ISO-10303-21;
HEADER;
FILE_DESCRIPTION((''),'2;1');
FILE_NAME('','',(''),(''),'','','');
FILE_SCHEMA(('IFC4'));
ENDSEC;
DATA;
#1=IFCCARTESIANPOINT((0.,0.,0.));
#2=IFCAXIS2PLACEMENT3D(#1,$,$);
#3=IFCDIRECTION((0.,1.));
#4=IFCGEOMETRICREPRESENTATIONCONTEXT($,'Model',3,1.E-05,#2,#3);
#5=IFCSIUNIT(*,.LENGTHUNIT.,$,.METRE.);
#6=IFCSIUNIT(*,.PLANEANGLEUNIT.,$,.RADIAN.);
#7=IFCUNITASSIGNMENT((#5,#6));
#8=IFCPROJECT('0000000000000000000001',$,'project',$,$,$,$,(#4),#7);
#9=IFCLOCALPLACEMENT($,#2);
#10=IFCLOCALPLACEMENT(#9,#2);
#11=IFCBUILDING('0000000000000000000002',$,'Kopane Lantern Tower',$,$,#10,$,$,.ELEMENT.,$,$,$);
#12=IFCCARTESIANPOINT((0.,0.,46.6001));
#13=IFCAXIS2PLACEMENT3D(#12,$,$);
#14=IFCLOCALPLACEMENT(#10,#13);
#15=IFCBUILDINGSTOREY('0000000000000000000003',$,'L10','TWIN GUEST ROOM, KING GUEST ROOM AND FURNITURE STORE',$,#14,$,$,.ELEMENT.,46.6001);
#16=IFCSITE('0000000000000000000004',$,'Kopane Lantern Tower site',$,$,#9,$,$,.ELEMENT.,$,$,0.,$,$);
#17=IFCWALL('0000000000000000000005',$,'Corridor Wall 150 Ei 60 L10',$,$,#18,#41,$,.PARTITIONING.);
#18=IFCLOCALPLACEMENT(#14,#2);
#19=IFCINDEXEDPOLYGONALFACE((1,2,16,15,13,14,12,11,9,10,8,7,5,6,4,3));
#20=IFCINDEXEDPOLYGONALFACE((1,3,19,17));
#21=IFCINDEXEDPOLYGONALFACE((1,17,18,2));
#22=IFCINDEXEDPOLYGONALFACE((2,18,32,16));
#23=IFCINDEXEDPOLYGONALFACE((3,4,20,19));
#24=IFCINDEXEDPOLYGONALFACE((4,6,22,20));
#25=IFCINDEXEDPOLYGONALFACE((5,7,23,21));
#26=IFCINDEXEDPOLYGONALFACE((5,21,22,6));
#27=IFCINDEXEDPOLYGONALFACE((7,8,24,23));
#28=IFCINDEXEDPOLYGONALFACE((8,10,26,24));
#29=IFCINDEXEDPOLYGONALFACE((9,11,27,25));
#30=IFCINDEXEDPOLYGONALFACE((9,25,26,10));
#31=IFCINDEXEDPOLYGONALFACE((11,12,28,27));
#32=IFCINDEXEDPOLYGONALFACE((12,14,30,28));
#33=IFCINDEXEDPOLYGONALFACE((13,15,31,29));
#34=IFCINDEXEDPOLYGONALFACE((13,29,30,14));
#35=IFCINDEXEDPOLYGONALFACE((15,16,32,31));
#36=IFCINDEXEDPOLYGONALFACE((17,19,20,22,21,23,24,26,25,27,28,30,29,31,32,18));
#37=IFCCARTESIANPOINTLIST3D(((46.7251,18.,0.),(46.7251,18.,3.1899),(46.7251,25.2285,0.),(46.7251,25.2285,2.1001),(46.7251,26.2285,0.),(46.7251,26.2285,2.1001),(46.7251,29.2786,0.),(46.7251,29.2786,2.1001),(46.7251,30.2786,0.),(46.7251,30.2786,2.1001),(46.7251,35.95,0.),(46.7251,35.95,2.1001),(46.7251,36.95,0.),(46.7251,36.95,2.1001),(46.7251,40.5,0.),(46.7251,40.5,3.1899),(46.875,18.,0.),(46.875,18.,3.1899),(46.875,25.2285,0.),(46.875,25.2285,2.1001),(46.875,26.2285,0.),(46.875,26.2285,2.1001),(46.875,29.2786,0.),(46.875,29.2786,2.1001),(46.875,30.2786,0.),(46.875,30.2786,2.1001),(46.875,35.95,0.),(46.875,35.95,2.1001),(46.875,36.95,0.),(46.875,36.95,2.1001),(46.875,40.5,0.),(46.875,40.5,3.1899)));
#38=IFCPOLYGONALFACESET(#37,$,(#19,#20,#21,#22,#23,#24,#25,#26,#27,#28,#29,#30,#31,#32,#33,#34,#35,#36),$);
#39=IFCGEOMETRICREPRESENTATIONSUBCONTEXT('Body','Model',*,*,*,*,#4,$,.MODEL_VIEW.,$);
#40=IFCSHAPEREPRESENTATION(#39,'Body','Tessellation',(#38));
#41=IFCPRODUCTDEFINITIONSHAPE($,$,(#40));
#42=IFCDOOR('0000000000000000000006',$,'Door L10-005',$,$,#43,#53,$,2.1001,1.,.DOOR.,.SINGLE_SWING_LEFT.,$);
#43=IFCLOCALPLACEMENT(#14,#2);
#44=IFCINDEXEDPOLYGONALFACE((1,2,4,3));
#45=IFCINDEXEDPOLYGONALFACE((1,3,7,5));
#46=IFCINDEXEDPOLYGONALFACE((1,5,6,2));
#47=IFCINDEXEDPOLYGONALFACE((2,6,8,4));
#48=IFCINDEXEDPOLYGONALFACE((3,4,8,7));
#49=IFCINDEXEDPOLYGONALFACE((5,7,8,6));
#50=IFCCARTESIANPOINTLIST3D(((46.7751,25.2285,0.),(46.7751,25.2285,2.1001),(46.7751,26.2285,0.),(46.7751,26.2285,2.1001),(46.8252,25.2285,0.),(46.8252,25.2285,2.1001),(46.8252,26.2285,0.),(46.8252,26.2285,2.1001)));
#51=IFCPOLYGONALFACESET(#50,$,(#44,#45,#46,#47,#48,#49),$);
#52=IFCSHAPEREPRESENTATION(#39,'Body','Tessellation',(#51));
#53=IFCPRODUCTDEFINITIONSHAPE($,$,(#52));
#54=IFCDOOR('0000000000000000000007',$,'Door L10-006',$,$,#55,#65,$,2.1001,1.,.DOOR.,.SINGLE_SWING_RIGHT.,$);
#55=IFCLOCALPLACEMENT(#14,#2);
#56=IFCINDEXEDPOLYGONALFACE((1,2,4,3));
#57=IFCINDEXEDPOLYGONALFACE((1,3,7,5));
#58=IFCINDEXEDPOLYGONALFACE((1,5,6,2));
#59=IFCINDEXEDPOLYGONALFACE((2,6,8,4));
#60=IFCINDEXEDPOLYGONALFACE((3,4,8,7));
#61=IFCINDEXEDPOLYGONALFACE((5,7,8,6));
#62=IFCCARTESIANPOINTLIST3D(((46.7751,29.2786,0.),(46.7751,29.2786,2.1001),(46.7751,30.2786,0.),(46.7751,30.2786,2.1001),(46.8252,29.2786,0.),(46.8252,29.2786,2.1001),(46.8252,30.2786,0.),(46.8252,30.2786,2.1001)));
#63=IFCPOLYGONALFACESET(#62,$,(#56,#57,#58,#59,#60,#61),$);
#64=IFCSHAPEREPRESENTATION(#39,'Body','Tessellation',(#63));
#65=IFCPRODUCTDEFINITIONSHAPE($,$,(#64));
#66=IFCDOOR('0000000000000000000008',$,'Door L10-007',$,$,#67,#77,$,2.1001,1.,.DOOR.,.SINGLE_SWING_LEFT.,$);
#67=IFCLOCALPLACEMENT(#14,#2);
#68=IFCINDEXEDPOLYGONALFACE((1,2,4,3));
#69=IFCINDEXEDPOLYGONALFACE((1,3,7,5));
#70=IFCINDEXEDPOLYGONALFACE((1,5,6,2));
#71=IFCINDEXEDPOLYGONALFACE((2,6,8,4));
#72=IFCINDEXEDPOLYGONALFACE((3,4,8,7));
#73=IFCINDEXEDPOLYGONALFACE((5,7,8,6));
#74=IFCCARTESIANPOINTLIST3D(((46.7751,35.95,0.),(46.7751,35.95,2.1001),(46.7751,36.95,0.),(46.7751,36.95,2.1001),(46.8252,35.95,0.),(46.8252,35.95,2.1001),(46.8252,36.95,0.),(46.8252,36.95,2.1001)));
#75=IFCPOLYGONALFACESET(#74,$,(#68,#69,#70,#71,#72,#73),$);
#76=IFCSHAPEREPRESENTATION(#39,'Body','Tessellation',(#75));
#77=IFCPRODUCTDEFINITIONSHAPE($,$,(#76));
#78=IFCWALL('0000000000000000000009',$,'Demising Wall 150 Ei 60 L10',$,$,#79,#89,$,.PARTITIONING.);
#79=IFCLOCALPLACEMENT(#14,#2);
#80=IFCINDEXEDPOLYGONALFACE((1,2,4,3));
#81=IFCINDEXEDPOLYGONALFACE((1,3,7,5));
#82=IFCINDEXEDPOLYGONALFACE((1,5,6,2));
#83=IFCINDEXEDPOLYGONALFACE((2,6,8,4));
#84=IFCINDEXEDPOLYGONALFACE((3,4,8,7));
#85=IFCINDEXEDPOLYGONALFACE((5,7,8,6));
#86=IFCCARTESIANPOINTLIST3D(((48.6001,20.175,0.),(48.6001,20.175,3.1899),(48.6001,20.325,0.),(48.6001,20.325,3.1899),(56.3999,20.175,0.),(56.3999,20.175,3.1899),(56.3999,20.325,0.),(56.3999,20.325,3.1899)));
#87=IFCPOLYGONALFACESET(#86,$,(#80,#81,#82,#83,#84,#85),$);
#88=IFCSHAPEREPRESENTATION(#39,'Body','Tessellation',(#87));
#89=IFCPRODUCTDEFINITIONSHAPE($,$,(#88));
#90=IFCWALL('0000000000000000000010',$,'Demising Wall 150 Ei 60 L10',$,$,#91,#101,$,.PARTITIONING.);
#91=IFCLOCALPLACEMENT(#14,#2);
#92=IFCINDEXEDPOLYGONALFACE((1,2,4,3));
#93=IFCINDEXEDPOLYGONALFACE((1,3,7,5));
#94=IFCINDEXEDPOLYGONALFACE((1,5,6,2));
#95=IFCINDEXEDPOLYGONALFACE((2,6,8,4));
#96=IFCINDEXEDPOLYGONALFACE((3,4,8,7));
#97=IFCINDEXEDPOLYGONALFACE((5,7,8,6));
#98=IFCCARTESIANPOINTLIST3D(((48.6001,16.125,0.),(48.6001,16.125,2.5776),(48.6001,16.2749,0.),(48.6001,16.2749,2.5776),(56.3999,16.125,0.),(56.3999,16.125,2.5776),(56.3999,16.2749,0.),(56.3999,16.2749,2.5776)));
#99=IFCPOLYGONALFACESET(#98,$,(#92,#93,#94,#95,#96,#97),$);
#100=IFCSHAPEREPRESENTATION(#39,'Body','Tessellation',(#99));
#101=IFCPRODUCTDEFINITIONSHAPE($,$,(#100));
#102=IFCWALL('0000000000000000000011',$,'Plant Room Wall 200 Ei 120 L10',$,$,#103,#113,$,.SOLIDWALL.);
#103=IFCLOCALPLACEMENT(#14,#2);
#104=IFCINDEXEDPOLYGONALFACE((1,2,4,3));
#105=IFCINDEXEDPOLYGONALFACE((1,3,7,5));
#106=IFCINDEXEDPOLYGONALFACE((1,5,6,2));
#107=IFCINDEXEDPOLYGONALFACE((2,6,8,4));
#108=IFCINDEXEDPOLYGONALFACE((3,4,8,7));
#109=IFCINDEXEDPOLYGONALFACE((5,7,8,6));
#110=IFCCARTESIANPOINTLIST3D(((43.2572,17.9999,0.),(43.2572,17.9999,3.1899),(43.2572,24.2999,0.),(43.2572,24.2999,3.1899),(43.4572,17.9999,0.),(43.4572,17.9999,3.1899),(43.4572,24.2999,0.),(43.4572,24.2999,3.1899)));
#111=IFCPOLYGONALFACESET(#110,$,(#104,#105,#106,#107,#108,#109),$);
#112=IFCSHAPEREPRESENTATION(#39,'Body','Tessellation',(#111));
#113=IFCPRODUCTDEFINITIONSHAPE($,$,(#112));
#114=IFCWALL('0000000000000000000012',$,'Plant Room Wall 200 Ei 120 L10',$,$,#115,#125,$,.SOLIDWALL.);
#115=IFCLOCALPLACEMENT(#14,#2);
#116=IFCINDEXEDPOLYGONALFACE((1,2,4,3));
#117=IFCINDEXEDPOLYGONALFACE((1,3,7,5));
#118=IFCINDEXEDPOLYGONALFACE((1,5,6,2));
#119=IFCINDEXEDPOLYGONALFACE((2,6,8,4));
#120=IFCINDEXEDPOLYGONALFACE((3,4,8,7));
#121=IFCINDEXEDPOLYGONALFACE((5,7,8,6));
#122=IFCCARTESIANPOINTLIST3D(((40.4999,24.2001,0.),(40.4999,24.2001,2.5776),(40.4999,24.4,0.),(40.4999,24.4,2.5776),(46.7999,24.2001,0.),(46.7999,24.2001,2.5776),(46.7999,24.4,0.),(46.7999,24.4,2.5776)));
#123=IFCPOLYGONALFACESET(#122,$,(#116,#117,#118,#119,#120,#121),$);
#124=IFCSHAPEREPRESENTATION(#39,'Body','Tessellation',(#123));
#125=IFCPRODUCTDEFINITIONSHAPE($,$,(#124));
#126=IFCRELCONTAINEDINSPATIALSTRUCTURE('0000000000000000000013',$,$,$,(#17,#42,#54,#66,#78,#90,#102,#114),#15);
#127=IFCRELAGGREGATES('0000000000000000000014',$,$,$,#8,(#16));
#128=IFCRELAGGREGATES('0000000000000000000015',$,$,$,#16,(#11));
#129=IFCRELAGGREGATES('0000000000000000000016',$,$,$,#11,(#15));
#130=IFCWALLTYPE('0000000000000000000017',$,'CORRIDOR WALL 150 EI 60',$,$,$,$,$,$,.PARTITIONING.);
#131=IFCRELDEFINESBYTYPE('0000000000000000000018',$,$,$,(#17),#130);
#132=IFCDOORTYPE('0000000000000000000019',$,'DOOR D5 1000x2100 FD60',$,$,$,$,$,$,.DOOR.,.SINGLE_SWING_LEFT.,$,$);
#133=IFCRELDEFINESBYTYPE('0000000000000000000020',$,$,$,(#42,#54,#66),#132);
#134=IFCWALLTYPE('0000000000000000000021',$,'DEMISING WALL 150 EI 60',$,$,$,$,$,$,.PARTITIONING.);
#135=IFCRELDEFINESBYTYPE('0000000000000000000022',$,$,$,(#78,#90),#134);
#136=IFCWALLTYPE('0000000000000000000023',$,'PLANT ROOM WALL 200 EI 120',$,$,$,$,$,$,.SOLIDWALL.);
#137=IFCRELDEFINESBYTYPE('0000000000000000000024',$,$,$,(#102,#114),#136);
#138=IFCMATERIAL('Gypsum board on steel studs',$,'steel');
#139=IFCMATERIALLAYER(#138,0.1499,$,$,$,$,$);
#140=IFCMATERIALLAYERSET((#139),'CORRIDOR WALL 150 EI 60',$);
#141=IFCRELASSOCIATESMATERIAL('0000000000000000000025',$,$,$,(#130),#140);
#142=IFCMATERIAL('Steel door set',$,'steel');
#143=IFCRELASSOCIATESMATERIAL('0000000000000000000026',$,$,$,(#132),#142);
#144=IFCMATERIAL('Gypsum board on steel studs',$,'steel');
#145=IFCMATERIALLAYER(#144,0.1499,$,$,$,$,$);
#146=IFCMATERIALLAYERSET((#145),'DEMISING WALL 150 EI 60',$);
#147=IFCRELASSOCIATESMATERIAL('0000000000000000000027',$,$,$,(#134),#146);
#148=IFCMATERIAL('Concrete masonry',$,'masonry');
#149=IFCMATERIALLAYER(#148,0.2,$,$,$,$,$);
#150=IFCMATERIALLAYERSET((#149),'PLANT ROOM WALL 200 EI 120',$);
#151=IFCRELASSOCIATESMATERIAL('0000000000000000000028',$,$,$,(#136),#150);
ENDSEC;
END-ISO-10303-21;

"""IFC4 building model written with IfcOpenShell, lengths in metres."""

from ifc_helpers import new_model, si_unit, direction, frame, frame_2d, origin, place, context, subcontext, project, spatial, rectangle, extrude, material, layer, layer_set, type_object, element, fill, save


model = new_model("IFC4")

# Units and contexts
model_context = context("Model", 3, precision=1e-05, world=origin(), true_north=direction((0.0, 1.0)))
body_context = subcontext(model_context, "Body", "Model", "MODEL_VIEW")
ifc_project = project(units=[si_unit("LENGTHUNIT", "METRE"), si_unit("PLANEANGLEUNIT", "RADIAN")], contexts=[model_context])

# Site, building, storey
site_placement = place(None, origin())
site = spatial("IfcSite", under=ifc_project, at=site_placement, Name="Kopane Lantern Tower site", CompositionType="ELEMENT", RefElevation=0.0)
building_placement = place(site_placement, origin())
building = spatial("IfcBuilding", under=site, at=building_placement, Name="Kopane Lantern Tower", CompositionType="ELEMENT")
storey_placement = place(building_placement, frame((0.0, 0.0, 46.6001)))
storey = spatial("IfcBuildingStorey", under=building, at=storey_placement, Name="L10", Description="TWIN GUEST ROOM, KING GUEST ROOM AND FURNITURE STORE", CompositionType="ELEMENT", Elevation=46.6001)

# Wall, openings, doors
ifc_material_1 = material(Name="Gypsum board on steel studs", Category="steel")
ifc_layer_1 = layer(ifc_material_1, 0.1499)
ifc_layer_set_1 = layer_set([ifc_layer_1], Name="CORRIDOR WALL 150 EI 60")
wall_type_1 = type_object("IfcWallType", Name="CORRIDOR WALL 150 EI 60", PredefinedType="PARTITIONING", material=ifc_layer_set_1)
wall_1_placement = place(storey_placement, frame((46.8, 18.0, 0.0), z_axis=(0.0, 0.0, 1.0), x_axis=(0.0, 1.0, 0.0)))
wall_1 = element("IfcWall", 1, at=wall_1_placement, inside=storey, type_object=wall_type_1, Name="Corridor Wall 150 Ei 60 L10", PredefinedType="PARTITIONING", context=body_context, shape_type="SweptSolid", body=[
    extrude(rectangle(XDim=22.5, YDim=0.1499, at=frame_2d((11.25, 0.0))), origin(), (0.0, 0.0, 1.0), 3.1899),
])
opening_1_placement = place(wall_1_placement, frame((7.2285, 0.0, 0.0)))
opening_1 = element("IfcOpeningElement", 2, at=opening_1_placement, cuts=wall_1, PredefinedType="OPENING", context=body_context, shape_type="SweptSolid", body=[
    extrude(rectangle(XDim=1.0, YDim=2.1001, at=frame_2d((0.5, 1.05))), frame((0.0, 0.085, 0.0), z_axis=(0.0, -1.0, 0.0), x_axis=(1.0, 0.0, 0.0)), (0.0, 0.0, 1.0), 0.1699),
])
opening_2_placement = place(wall_1_placement, frame((11.2786, 0.0, 0.0)))
opening_2 = element("IfcOpeningElement", 3, at=opening_2_placement, cuts=wall_1, PredefinedType="OPENING", context=body_context, shape_type="SweptSolid", body=[
    extrude(rectangle(XDim=1.0, YDim=2.1001, at=frame_2d((0.5, 1.05))), frame((0.0, 0.085, 0.0), z_axis=(0.0, -1.0, 0.0), x_axis=(1.0, 0.0, 0.0)), (0.0, 0.0, 1.0), 0.1699),
])
opening_3_placement = place(wall_1_placement, frame((17.95, 0.0, 0.0)))
opening_3 = element("IfcOpeningElement", 4, at=opening_3_placement, cuts=wall_1, PredefinedType="OPENING", context=body_context, shape_type="SweptSolid", body=[
    extrude(rectangle(XDim=1.0, YDim=2.1001, at=frame_2d((0.5, 1.05))), frame((0.0, 0.085, 0.0), z_axis=(0.0, -1.0, 0.0), x_axis=(1.0, 0.0, 0.0)), (0.0, 0.0, 1.0), 0.1699),
])
ifc_material_2 = material(Name="Steel door set", Category="steel")
door_type_1 = type_object("IfcDoorType", Name="DOOR D5 1000x2100 FD60", OperationType="SINGLE_SWING_LEFT", PredefinedType="DOOR", material=ifc_material_2)
door_1_placement = place(opening_1_placement, origin())
door_1 = element("IfcDoor", 5, at=door_1_placement, inside=storey, type_object=door_type_1, Name="Door L10-005", OperationType="SINGLE_SWING_LEFT", OverallHeight=2.1001, OverallWidth=1.0, PredefinedType="DOOR", context=body_context, shape_type="SweptSolid", body=[
    extrude(rectangle(XDim=1.0, YDim=2.1001, at=frame_2d((0.5, 1.05))), frame((0.0, 0.0249, 0.0), z_axis=(0.0, -1.0, 0.0), x_axis=(1.0, 0.0, 0.0)), (0.0, 0.0, 1.0), 0.05),
])
fill(opening_1, door_1)
door_2_placement = place(opening_2_placement, origin())
door_2 = element("IfcDoor", 6, at=door_2_placement, inside=storey, type_object=door_type_1, Name="Door L10-006", OperationType="SINGLE_SWING_RIGHT", OverallHeight=2.1001, OverallWidth=1.0, PredefinedType="DOOR", context=body_context, shape_type="SweptSolid", body=[
    extrude(rectangle(XDim=1.0, YDim=2.1001, at=frame_2d((0.5, 1.05))), frame((0.0, 0.0249, 0.0), z_axis=(0.0, -1.0, 0.0), x_axis=(1.0, 0.0, 0.0)), (0.0, 0.0, 1.0), 0.05),
])
fill(opening_2, door_2)
door_3_placement = place(opening_3_placement, origin())
door_3 = element("IfcDoor", 7, at=door_3_placement, inside=storey, type_object=door_type_1, Name="Door L10-007", OperationType="SINGLE_SWING_LEFT", OverallHeight=2.1001, OverallWidth=1.0, PredefinedType="DOOR", context=body_context, shape_type="SweptSolid", body=[
    extrude(rectangle(XDim=1.0, YDim=2.1001, at=frame_2d((0.5, 1.05))), frame((0.0, 0.0249, 0.0), z_axis=(0.0, -1.0, 0.0), x_axis=(1.0, 0.0, 0.0)), (0.0, 0.0, 1.0), 0.05),
])
fill(opening_3, door_3)

# Walls
ifc_material_3 = material(Name="Gypsum board on steel studs", Category="steel")
ifc_layer_2 = layer(ifc_material_3, 0.1499)
ifc_layer_set_2 = layer_set([ifc_layer_2], Name="DEMISING WALL 150 EI 60")
wall_type_2 = type_object("IfcWallType", Name="DEMISING WALL 150 EI 60", PredefinedType="PARTITIONING", material=ifc_layer_set_2)
wall_2_placement = place(storey_placement, frame((48.6001, 20.25, 0.0), z_axis=(0.0, 0.0, 1.0), x_axis=(1.0, 0.0, 0.0)))
element("IfcWall", 8, at=wall_2_placement, inside=storey, type_object=wall_type_2, Name="Demising Wall 150 Ei 60 L10", PredefinedType="PARTITIONING", context=body_context, shape_type="SweptSolid", body=[
    extrude(rectangle(XDim=7.7998, YDim=0.1499, at=frame_2d((3.8999, 0.0))), origin(), (0.0, 0.0, 1.0), 3.1899),
])
wall_3_placement = place(storey_placement, frame((48.6001, 16.2, 0.0), z_axis=(0.0, 0.0, 1.0), x_axis=(1.0, 0.0, 0.0)))
element("IfcWall", 9, at=wall_3_placement, inside=storey, type_object=wall_type_2, Name="Demising Wall 150 Ei 60 L10", PredefinedType="PARTITIONING", context=body_context, shape_type="SweptSolid", body=[
    extrude(rectangle(XDim=7.7998, YDim=0.1499, at=frame_2d((3.8999, 0.0))), origin(), (0.0, 0.0, 1.0), 2.5776),
])
ifc_material_4 = material(Name="Concrete masonry", Category="masonry")
ifc_layer_3 = layer(ifc_material_4, 0.2)
ifc_layer_set_3 = layer_set([ifc_layer_3], Name="PLANT ROOM WALL 200 EI 120")
wall_type_3 = type_object("IfcWallType", Name="PLANT ROOM WALL 200 EI 120", PredefinedType="SOLIDWALL", material=ifc_layer_set_3)
wall_4_placement = place(storey_placement, frame((43.3572, 18.0, 0.0), z_axis=(0.0, 0.0, 1.0), x_axis=(0.0, 1.0, 0.0)))
element("IfcWall", 10, at=wall_4_placement, inside=storey, type_object=wall_type_3, Name="Plant Room Wall 200 Ei 120 L10", PredefinedType="SOLIDWALL", context=body_context, shape_type="SweptSolid", body=[
    extrude(rectangle(XDim=6.3, YDim=0.2, at=frame_2d((3.1499, 0.0))), origin(), (0.0, 0.0, 1.0), 3.1899),
])
wall_5_placement = place(storey_placement, frame((40.5, 24.3, 0.0), z_axis=(0.0, 0.0, 1.0), x_axis=(1.0, 0.0, 0.0)))
element("IfcWall", 11, at=wall_5_placement, inside=storey, type_object=wall_type_3, Name="Plant Room Wall 200 Ei 120 L10", PredefinedType="SOLIDWALL", context=body_context, shape_type="SweptSolid", body=[
    extrude(rectangle(XDim=6.3, YDim=0.2, at=frame_2d((3.1499, 0.0))), origin(), (0.0, 0.0, 1.0), 2.5776),
])

save(model, "model.ifc")
